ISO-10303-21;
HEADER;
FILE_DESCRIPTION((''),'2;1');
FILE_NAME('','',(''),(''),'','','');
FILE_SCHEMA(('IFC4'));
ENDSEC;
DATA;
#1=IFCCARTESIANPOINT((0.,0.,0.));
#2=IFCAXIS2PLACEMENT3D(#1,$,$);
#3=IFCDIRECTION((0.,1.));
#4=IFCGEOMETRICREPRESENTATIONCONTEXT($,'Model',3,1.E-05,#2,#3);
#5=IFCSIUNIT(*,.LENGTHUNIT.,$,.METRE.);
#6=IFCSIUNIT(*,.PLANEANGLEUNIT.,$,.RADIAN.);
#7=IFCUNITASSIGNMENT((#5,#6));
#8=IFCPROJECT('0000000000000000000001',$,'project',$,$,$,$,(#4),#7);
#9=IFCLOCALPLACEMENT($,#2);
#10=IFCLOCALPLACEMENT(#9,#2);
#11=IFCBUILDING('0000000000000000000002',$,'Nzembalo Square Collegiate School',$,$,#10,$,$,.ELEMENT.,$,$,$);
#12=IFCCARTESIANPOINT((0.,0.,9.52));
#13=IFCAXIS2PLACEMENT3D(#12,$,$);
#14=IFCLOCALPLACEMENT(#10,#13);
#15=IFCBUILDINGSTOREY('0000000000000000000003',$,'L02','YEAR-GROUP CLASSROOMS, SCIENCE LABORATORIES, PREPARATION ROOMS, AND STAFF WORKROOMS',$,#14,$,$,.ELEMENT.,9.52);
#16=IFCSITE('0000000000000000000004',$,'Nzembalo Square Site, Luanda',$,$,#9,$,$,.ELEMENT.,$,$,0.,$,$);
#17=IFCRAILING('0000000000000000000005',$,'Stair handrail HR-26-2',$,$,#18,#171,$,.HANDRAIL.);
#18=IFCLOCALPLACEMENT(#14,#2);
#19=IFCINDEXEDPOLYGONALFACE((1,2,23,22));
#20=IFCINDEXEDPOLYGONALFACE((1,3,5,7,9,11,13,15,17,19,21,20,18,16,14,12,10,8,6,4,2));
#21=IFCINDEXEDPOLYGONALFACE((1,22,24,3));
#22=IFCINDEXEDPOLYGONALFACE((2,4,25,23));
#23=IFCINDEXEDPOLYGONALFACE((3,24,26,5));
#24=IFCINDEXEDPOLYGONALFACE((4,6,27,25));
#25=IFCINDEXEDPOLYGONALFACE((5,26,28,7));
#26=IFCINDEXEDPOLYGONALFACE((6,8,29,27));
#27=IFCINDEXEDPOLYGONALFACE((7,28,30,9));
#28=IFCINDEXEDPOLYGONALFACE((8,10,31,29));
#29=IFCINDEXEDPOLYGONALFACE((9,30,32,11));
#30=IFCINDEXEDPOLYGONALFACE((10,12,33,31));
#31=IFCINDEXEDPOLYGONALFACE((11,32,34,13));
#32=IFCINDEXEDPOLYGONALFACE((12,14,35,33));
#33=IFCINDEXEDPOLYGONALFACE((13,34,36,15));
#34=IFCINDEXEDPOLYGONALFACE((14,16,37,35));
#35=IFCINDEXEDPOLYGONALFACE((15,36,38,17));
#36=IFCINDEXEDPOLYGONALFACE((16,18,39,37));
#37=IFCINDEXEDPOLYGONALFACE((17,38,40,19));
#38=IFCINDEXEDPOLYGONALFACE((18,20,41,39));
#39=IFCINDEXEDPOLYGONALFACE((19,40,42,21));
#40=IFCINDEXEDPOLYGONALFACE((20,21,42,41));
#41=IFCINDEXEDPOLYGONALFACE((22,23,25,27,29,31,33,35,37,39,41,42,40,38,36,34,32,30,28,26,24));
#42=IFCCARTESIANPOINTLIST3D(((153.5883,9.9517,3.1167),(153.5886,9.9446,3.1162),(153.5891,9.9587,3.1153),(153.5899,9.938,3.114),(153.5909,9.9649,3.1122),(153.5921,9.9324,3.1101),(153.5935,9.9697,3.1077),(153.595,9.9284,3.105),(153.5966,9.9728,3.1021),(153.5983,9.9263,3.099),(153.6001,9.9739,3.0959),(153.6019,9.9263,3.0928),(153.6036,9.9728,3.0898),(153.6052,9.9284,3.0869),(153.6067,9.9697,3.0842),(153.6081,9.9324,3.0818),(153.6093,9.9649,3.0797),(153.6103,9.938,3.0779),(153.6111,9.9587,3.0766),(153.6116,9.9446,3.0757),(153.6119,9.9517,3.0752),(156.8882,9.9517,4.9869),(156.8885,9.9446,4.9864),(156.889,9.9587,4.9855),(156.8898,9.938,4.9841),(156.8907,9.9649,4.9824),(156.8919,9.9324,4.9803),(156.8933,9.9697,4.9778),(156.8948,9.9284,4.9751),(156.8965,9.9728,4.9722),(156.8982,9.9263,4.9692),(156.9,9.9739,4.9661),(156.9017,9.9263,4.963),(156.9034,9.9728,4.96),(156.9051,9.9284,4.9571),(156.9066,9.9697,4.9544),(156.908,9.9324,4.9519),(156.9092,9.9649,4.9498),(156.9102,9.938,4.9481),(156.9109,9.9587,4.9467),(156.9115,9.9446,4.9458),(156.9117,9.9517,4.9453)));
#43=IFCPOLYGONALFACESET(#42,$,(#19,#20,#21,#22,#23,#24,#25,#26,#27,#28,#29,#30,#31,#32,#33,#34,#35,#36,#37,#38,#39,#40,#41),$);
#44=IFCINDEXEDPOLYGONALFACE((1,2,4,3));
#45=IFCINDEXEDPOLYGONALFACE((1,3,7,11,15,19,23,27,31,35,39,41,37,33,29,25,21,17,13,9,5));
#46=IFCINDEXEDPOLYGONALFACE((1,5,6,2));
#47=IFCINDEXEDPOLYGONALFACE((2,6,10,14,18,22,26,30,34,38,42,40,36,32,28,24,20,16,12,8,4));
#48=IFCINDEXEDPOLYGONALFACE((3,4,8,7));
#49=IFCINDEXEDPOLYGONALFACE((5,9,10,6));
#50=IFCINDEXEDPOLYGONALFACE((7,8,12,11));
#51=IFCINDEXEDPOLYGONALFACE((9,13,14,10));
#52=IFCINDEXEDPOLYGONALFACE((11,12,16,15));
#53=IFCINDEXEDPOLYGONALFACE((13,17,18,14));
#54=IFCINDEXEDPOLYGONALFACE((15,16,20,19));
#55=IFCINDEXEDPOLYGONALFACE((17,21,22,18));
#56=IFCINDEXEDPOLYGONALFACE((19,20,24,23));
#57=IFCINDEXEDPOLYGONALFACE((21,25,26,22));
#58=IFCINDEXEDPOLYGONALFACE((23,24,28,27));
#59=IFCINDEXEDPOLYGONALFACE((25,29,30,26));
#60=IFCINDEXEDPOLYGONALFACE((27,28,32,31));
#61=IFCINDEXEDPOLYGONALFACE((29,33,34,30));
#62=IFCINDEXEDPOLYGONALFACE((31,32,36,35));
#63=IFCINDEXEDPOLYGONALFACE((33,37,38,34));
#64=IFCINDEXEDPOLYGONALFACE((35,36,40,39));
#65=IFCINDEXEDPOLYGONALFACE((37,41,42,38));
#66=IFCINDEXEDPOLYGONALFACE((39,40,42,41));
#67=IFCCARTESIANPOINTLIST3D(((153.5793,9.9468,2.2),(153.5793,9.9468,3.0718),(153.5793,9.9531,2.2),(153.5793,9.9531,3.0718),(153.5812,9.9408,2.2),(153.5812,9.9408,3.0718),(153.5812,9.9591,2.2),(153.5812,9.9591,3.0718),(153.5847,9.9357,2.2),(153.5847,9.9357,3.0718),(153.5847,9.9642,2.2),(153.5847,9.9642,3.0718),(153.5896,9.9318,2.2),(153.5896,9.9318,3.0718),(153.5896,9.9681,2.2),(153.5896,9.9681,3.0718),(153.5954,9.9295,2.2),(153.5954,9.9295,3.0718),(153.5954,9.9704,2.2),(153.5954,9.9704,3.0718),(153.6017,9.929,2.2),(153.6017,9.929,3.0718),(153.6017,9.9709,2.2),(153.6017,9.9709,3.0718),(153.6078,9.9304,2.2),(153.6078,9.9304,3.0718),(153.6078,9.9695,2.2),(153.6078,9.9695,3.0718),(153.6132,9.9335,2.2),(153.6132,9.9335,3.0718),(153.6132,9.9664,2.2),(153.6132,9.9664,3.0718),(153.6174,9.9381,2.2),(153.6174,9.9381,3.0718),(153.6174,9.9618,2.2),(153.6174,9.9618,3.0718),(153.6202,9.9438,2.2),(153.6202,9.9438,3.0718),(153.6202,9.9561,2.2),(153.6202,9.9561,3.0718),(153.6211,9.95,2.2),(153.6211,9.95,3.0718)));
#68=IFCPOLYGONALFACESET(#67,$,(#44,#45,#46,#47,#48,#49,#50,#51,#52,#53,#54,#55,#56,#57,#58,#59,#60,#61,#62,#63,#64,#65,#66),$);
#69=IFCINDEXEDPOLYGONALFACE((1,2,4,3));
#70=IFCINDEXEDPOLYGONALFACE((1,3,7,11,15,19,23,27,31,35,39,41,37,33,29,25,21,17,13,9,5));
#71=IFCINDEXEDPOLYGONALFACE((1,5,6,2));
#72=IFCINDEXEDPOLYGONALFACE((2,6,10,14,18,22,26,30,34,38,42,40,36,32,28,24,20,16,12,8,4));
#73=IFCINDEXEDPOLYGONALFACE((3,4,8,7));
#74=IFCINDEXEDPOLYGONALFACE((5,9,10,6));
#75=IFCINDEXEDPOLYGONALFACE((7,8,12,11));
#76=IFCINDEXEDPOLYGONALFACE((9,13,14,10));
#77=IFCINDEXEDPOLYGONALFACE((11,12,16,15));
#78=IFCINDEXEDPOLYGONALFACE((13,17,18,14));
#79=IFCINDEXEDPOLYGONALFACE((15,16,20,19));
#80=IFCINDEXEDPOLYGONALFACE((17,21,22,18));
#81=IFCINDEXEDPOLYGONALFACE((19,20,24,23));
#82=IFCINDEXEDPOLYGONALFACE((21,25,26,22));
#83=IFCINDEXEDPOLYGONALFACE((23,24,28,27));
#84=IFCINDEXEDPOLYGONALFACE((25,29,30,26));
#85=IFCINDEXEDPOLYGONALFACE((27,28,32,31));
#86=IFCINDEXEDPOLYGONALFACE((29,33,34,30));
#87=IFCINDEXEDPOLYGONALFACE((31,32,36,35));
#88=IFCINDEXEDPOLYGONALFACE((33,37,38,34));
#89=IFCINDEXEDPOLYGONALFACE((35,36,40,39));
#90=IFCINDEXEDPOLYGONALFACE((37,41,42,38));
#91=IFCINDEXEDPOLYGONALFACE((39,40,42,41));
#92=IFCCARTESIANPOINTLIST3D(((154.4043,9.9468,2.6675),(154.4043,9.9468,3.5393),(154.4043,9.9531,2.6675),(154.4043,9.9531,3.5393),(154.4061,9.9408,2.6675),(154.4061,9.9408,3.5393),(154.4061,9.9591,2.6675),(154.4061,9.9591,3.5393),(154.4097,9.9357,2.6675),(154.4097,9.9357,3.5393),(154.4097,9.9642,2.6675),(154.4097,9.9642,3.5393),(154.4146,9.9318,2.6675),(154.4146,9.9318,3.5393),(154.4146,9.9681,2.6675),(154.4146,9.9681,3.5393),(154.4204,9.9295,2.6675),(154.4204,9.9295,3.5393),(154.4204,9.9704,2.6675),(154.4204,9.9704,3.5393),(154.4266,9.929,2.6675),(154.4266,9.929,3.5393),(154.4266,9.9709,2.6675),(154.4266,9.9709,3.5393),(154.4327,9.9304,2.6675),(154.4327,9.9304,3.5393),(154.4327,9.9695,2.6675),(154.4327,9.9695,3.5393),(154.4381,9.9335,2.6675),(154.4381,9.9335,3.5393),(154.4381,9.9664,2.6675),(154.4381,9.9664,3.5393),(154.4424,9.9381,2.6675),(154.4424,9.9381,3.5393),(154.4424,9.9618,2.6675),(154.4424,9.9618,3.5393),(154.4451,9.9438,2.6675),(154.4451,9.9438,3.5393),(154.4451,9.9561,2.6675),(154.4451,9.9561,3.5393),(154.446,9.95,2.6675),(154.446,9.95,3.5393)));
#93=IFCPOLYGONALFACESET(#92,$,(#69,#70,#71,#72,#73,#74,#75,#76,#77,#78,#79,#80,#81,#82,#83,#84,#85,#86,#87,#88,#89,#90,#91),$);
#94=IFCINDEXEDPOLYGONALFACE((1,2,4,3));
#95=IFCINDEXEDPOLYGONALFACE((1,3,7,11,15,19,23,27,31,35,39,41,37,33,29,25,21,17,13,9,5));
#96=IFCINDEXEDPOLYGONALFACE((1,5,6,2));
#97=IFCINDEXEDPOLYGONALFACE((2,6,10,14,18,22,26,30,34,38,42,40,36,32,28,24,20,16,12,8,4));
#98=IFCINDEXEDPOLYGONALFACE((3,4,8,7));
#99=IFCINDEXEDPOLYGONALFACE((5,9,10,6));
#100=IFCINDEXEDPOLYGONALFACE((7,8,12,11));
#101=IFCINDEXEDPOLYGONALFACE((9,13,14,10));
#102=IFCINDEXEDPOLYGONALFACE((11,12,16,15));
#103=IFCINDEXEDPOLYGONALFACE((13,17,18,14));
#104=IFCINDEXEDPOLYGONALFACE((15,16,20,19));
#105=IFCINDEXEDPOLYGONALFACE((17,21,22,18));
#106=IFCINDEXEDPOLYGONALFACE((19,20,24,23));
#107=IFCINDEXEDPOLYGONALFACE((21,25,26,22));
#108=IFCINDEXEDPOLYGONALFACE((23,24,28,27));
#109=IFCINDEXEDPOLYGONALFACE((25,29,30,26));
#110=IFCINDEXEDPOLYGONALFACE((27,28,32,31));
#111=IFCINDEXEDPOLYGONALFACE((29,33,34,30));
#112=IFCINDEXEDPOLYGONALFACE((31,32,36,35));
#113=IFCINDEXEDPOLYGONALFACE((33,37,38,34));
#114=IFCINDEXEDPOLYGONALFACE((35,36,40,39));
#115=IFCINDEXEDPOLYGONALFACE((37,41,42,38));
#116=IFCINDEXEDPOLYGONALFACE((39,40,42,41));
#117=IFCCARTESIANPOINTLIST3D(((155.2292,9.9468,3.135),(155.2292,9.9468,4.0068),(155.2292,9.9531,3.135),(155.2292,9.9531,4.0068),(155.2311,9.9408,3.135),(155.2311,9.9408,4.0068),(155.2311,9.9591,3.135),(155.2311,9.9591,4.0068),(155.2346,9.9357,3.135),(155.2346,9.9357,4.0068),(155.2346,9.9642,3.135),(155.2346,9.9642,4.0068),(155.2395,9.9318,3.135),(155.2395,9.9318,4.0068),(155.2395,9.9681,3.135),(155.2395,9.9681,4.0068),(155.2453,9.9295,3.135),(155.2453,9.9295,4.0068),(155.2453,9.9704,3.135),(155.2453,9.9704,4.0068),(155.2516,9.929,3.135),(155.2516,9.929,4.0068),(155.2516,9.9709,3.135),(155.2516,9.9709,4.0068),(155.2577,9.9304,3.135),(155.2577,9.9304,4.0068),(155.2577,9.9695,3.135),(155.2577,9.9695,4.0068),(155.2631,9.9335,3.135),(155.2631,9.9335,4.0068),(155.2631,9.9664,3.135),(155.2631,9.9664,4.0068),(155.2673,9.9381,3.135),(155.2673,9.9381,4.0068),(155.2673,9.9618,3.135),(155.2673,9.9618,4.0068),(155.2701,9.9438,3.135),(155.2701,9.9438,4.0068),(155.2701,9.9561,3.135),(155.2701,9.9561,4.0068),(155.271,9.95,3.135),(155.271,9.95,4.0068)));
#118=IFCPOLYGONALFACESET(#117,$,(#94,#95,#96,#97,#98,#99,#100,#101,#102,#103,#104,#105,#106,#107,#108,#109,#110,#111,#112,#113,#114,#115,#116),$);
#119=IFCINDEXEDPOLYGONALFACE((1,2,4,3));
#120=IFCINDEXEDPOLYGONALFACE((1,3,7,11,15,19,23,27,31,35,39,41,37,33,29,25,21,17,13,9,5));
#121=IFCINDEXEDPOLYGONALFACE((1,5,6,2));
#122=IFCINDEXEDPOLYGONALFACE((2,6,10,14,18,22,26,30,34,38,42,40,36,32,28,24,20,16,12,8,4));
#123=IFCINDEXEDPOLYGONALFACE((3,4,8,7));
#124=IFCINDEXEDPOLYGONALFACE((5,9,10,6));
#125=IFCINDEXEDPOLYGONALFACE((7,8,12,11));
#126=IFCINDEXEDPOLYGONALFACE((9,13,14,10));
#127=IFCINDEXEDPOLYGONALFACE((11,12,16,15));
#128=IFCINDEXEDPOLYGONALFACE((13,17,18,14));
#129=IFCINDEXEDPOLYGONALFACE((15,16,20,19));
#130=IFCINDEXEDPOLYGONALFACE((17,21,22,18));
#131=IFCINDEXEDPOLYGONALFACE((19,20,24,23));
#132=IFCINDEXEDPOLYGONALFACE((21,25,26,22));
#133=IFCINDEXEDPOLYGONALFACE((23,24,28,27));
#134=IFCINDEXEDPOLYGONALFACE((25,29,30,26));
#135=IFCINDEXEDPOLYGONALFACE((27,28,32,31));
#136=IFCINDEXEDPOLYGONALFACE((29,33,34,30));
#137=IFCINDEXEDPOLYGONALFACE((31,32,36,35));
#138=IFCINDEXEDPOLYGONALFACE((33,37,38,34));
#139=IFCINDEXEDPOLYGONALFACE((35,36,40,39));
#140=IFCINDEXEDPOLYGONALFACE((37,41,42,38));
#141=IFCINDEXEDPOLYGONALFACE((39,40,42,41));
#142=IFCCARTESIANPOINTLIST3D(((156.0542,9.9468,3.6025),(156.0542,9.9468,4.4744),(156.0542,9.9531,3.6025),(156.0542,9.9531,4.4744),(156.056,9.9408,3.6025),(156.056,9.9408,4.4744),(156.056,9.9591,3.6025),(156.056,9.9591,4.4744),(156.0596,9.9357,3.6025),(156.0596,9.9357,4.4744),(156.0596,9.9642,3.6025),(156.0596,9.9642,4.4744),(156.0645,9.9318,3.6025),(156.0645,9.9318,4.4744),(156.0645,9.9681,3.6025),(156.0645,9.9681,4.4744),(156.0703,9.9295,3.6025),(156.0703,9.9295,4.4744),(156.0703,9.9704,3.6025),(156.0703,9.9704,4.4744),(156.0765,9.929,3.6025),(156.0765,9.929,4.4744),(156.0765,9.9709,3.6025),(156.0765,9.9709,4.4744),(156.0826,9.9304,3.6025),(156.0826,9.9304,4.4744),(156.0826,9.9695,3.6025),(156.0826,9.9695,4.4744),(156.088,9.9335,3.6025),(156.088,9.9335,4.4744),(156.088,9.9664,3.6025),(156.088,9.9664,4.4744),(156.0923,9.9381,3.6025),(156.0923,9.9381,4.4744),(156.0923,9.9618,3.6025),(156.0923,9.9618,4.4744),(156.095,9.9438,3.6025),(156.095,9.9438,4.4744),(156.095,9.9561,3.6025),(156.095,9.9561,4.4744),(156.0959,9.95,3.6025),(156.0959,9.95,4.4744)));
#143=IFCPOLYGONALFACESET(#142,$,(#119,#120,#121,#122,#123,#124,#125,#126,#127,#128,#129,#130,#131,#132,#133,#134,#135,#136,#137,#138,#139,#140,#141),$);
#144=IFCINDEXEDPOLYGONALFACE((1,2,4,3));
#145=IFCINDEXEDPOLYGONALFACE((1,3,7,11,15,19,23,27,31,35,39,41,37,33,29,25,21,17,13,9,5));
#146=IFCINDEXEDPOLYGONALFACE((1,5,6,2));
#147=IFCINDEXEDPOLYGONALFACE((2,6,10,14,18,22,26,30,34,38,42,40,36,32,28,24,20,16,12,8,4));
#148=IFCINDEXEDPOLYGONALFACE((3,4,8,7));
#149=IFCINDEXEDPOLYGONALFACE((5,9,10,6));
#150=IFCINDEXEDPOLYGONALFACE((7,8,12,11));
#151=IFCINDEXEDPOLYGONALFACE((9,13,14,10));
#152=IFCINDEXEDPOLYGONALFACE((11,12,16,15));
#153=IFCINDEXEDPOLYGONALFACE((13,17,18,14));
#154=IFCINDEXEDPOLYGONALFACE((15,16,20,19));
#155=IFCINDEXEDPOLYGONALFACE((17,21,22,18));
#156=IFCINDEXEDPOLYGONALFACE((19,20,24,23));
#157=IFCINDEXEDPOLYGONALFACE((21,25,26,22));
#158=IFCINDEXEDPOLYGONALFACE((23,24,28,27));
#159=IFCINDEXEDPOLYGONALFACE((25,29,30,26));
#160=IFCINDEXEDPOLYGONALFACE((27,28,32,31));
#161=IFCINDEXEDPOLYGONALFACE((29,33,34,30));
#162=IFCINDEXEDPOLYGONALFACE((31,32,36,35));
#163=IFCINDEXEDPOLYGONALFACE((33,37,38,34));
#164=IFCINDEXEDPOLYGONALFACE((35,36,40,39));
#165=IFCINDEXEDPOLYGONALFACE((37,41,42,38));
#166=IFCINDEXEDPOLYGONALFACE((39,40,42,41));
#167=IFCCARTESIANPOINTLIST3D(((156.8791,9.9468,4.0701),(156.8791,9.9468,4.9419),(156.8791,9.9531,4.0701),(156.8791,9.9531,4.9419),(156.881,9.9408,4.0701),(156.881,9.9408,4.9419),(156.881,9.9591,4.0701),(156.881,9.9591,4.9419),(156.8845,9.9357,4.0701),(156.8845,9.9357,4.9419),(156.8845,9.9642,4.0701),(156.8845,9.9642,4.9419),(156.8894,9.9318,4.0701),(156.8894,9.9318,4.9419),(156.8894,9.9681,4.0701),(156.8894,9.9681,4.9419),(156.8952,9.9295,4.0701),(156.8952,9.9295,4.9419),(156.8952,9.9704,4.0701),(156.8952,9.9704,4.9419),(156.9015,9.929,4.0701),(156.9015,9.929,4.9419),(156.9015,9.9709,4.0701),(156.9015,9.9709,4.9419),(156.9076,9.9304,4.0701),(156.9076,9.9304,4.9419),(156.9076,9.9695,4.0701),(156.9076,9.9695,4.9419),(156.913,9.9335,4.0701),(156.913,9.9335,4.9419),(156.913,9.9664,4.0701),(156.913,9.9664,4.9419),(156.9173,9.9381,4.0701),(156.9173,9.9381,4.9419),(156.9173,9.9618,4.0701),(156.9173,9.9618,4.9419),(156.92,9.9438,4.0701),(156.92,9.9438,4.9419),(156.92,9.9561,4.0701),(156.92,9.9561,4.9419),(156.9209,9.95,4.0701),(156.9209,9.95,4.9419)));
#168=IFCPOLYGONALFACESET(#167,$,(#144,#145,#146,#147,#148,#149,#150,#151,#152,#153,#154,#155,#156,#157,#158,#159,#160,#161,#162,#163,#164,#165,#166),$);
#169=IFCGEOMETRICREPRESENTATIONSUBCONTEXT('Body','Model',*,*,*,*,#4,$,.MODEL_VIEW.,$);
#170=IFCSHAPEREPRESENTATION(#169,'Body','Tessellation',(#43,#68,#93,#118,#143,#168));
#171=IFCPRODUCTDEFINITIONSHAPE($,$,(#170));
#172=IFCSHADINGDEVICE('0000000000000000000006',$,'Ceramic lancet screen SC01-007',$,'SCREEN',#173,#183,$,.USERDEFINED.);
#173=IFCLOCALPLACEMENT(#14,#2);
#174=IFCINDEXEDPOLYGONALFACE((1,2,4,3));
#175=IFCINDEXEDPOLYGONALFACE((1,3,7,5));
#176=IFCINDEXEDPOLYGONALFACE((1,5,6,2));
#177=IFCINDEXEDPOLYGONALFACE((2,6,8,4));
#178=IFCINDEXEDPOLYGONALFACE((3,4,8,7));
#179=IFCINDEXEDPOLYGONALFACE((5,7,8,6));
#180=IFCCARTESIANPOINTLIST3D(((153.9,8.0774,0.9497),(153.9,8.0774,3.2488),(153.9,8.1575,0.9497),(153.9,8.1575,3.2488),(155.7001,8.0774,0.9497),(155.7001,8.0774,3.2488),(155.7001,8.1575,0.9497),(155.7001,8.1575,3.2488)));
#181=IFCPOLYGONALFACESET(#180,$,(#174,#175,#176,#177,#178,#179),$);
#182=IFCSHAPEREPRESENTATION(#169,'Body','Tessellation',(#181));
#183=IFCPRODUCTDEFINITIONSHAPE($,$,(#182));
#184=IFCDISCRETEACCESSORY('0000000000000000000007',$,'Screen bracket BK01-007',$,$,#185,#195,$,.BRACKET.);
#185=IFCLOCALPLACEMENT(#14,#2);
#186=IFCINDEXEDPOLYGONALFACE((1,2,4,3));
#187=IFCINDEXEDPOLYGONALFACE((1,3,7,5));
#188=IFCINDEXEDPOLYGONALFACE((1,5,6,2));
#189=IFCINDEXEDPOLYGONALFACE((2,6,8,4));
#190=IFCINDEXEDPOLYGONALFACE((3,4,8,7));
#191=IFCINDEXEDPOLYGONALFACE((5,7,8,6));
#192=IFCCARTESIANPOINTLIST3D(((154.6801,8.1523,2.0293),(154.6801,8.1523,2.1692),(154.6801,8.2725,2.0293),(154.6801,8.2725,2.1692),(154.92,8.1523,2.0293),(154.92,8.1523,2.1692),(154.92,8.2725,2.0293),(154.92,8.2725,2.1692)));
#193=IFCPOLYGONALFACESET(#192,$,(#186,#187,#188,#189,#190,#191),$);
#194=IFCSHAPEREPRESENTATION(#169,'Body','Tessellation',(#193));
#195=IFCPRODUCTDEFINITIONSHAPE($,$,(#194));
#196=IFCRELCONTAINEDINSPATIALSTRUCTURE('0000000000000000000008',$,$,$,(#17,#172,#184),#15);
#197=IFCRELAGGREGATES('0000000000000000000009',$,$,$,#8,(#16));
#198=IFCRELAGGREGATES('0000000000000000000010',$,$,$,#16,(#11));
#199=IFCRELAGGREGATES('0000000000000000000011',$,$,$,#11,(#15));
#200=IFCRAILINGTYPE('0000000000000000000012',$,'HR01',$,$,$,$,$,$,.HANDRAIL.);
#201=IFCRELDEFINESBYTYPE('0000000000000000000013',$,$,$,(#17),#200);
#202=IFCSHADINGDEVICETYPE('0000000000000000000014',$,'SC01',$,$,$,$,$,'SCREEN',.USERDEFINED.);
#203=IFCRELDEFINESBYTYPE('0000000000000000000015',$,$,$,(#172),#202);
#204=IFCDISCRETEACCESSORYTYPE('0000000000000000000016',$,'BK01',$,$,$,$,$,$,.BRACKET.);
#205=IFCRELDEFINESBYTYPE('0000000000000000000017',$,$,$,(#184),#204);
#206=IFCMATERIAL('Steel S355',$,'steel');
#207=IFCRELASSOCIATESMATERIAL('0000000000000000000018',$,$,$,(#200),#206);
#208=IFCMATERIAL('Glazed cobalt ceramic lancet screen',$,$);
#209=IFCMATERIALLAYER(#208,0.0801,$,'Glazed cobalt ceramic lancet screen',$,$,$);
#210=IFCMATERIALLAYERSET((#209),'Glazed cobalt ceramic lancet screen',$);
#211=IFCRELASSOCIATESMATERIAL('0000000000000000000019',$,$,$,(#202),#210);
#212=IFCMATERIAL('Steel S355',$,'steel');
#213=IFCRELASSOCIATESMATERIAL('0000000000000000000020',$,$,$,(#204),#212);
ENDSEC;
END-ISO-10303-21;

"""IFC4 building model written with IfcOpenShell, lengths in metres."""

from ifc_helpers import new_model, si_unit, direction, frame, origin, origin_2d, place, context, subcontext, project, spatial, rectangle, circle, extrude, material, layer, layer_set, type_object, element, save


model = new_model("IFC4")

# Units and contexts
model_context = context("Model", 3, precision=1e-05, world=origin(), true_north=direction((0.0, 1.0)))
body_context = subcontext(model_context, "Body", "Model", "MODEL_VIEW")
ifc_project = project(units=[si_unit("LENGTHUNIT", "METRE"), si_unit("PLANEANGLEUNIT", "RADIAN")], contexts=[model_context])

# Site, building, storey
site_placement = place(None, origin())
site = spatial("IfcSite", under=ifc_project, at=site_placement, Name="Nzembalo Square Site, Luanda", CompositionType="ELEMENT", RefElevation=0.0)
building_placement = place(site_placement, origin())
building = spatial("IfcBuilding", under=site, at=building_placement, Name="Nzembalo Square Collegiate School", CompositionType="ELEMENT")
storey_placement = place(building_placement, frame((0.0, 0.0, 9.52)))
storey = spatial("IfcBuildingStorey", under=building, at=storey_placement, Name="L02", Description="YEAR-GROUP CLASSROOMS, SCIENCE LABORATORIES, PREPARATION ROOMS, AND STAFF WORKROOMS", CompositionType="ELEMENT", Elevation=9.52)

# Railing
ifc_material_1 = material(Name="Steel S355", Category="steel")
railing_type_1 = type_object("IfcRailingType", Name="HR01", PredefinedType="HANDRAIL", material=ifc_material_1)
railing_1_placement = place(storey_placement, frame((153.6001, 9.95, 2.2)))
element("IfcRailing", 1, at=railing_1_placement, inside=storey, type_object=railing_type_1, Name="Stair handrail HR-26-2", PredefinedType="HANDRAIL", context=body_context, shape_type="SweptSolid", body=[
    extrude(circle(Radius=0.0239, at=origin_2d()), frame((0.0, 0.0, 0.896), z_axis=(0.869996, 0.0, 0.493058), x_axis=(0.0, 1.0, 0.0)), (0.0, 0.0, 1.0), 3.793),
    extrude(circle(Radius=0.021, at=origin_2d()), origin(), (0.0, 0.0, 1.0), 0.8718),
    extrude(circle(Radius=0.021, at=origin_2d()), frame((0.825, 0.0, 0.4675)), (0.0, 0.0, 1.0), 0.8718),
    extrude(circle(Radius=0.021, at=origin_2d()), frame((1.6499, 0.0, 0.9351)), (0.0, 0.0, 1.0), 0.8718),
    extrude(circle(Radius=0.021, at=origin_2d()), frame((2.4749, 0.0, 1.4026)), (0.0, 0.0, 1.0), 0.8718),
    extrude(circle(Radius=0.021, at=origin_2d()), frame((3.2998, 0.0, 1.8701)), (0.0, 0.0, 1.0), 0.8718),
])

# Shading device
ifc_material_2 = material(Name="Glazed cobalt ceramic lancet screen")
ifc_layer_1 = layer(ifc_material_2, 0.0801, Name="Glazed cobalt ceramic lancet screen")
ifc_layer_set_1 = layer_set([ifc_layer_1], Name="Glazed cobalt ceramic lancet screen")
shading_device_type = type_object("IfcShadingDeviceType", Name="SC01", ElementType="SCREEN", PredefinedType="USERDEFINED", material=ifc_layer_set_1)
shading_device_placement = place(storey_placement, frame((154.8, 8.1174, 0.9497), z_axis=(0.0, 0.0, 1.0), x_axis=(1.0, 0.0, 0.0)))
element("IfcShadingDevice", 2, at=shading_device_placement, inside=storey, type_object=shading_device_type, Name="Ceramic lancet screen SC01-007", ObjectType="SCREEN", PredefinedType="USERDEFINED", context=body_context, shape_type="SweptSolid", body=[
    extrude(rectangle(XDim=1.8, YDim=0.0801, at=origin_2d()), origin(), (0.0, 0.0, 1.0), 2.2991),
])

# Discrete accessory
ifc_material_3 = material(Name="Steel S355", Category="steel")
discrete_accessory_type = type_object("IfcDiscreteAccessoryType", Name="BK01", PredefinedType="BRACKET", material=ifc_material_3)
discrete_accessory_placement = place(storey_placement, frame((154.8, 8.2124, 2.0293), z_axis=(0.0, 0.0, 1.0), x_axis=(1.0, 0.0, 0.0)))
element("IfcDiscreteAccessory", 3, at=discrete_accessory_placement, inside=storey, type_object=discrete_accessory_type, Name="Screen bracket BK01-007", PredefinedType="BRACKET", context=body_context, shape_type="SweptSolid", body=[
    extrude(rectangle(XDim=0.24, YDim=0.1201, at=origin_2d()), origin(), (0.0, 0.0, 1.0), 0.1399),
])

save(model, "model.ifc")
